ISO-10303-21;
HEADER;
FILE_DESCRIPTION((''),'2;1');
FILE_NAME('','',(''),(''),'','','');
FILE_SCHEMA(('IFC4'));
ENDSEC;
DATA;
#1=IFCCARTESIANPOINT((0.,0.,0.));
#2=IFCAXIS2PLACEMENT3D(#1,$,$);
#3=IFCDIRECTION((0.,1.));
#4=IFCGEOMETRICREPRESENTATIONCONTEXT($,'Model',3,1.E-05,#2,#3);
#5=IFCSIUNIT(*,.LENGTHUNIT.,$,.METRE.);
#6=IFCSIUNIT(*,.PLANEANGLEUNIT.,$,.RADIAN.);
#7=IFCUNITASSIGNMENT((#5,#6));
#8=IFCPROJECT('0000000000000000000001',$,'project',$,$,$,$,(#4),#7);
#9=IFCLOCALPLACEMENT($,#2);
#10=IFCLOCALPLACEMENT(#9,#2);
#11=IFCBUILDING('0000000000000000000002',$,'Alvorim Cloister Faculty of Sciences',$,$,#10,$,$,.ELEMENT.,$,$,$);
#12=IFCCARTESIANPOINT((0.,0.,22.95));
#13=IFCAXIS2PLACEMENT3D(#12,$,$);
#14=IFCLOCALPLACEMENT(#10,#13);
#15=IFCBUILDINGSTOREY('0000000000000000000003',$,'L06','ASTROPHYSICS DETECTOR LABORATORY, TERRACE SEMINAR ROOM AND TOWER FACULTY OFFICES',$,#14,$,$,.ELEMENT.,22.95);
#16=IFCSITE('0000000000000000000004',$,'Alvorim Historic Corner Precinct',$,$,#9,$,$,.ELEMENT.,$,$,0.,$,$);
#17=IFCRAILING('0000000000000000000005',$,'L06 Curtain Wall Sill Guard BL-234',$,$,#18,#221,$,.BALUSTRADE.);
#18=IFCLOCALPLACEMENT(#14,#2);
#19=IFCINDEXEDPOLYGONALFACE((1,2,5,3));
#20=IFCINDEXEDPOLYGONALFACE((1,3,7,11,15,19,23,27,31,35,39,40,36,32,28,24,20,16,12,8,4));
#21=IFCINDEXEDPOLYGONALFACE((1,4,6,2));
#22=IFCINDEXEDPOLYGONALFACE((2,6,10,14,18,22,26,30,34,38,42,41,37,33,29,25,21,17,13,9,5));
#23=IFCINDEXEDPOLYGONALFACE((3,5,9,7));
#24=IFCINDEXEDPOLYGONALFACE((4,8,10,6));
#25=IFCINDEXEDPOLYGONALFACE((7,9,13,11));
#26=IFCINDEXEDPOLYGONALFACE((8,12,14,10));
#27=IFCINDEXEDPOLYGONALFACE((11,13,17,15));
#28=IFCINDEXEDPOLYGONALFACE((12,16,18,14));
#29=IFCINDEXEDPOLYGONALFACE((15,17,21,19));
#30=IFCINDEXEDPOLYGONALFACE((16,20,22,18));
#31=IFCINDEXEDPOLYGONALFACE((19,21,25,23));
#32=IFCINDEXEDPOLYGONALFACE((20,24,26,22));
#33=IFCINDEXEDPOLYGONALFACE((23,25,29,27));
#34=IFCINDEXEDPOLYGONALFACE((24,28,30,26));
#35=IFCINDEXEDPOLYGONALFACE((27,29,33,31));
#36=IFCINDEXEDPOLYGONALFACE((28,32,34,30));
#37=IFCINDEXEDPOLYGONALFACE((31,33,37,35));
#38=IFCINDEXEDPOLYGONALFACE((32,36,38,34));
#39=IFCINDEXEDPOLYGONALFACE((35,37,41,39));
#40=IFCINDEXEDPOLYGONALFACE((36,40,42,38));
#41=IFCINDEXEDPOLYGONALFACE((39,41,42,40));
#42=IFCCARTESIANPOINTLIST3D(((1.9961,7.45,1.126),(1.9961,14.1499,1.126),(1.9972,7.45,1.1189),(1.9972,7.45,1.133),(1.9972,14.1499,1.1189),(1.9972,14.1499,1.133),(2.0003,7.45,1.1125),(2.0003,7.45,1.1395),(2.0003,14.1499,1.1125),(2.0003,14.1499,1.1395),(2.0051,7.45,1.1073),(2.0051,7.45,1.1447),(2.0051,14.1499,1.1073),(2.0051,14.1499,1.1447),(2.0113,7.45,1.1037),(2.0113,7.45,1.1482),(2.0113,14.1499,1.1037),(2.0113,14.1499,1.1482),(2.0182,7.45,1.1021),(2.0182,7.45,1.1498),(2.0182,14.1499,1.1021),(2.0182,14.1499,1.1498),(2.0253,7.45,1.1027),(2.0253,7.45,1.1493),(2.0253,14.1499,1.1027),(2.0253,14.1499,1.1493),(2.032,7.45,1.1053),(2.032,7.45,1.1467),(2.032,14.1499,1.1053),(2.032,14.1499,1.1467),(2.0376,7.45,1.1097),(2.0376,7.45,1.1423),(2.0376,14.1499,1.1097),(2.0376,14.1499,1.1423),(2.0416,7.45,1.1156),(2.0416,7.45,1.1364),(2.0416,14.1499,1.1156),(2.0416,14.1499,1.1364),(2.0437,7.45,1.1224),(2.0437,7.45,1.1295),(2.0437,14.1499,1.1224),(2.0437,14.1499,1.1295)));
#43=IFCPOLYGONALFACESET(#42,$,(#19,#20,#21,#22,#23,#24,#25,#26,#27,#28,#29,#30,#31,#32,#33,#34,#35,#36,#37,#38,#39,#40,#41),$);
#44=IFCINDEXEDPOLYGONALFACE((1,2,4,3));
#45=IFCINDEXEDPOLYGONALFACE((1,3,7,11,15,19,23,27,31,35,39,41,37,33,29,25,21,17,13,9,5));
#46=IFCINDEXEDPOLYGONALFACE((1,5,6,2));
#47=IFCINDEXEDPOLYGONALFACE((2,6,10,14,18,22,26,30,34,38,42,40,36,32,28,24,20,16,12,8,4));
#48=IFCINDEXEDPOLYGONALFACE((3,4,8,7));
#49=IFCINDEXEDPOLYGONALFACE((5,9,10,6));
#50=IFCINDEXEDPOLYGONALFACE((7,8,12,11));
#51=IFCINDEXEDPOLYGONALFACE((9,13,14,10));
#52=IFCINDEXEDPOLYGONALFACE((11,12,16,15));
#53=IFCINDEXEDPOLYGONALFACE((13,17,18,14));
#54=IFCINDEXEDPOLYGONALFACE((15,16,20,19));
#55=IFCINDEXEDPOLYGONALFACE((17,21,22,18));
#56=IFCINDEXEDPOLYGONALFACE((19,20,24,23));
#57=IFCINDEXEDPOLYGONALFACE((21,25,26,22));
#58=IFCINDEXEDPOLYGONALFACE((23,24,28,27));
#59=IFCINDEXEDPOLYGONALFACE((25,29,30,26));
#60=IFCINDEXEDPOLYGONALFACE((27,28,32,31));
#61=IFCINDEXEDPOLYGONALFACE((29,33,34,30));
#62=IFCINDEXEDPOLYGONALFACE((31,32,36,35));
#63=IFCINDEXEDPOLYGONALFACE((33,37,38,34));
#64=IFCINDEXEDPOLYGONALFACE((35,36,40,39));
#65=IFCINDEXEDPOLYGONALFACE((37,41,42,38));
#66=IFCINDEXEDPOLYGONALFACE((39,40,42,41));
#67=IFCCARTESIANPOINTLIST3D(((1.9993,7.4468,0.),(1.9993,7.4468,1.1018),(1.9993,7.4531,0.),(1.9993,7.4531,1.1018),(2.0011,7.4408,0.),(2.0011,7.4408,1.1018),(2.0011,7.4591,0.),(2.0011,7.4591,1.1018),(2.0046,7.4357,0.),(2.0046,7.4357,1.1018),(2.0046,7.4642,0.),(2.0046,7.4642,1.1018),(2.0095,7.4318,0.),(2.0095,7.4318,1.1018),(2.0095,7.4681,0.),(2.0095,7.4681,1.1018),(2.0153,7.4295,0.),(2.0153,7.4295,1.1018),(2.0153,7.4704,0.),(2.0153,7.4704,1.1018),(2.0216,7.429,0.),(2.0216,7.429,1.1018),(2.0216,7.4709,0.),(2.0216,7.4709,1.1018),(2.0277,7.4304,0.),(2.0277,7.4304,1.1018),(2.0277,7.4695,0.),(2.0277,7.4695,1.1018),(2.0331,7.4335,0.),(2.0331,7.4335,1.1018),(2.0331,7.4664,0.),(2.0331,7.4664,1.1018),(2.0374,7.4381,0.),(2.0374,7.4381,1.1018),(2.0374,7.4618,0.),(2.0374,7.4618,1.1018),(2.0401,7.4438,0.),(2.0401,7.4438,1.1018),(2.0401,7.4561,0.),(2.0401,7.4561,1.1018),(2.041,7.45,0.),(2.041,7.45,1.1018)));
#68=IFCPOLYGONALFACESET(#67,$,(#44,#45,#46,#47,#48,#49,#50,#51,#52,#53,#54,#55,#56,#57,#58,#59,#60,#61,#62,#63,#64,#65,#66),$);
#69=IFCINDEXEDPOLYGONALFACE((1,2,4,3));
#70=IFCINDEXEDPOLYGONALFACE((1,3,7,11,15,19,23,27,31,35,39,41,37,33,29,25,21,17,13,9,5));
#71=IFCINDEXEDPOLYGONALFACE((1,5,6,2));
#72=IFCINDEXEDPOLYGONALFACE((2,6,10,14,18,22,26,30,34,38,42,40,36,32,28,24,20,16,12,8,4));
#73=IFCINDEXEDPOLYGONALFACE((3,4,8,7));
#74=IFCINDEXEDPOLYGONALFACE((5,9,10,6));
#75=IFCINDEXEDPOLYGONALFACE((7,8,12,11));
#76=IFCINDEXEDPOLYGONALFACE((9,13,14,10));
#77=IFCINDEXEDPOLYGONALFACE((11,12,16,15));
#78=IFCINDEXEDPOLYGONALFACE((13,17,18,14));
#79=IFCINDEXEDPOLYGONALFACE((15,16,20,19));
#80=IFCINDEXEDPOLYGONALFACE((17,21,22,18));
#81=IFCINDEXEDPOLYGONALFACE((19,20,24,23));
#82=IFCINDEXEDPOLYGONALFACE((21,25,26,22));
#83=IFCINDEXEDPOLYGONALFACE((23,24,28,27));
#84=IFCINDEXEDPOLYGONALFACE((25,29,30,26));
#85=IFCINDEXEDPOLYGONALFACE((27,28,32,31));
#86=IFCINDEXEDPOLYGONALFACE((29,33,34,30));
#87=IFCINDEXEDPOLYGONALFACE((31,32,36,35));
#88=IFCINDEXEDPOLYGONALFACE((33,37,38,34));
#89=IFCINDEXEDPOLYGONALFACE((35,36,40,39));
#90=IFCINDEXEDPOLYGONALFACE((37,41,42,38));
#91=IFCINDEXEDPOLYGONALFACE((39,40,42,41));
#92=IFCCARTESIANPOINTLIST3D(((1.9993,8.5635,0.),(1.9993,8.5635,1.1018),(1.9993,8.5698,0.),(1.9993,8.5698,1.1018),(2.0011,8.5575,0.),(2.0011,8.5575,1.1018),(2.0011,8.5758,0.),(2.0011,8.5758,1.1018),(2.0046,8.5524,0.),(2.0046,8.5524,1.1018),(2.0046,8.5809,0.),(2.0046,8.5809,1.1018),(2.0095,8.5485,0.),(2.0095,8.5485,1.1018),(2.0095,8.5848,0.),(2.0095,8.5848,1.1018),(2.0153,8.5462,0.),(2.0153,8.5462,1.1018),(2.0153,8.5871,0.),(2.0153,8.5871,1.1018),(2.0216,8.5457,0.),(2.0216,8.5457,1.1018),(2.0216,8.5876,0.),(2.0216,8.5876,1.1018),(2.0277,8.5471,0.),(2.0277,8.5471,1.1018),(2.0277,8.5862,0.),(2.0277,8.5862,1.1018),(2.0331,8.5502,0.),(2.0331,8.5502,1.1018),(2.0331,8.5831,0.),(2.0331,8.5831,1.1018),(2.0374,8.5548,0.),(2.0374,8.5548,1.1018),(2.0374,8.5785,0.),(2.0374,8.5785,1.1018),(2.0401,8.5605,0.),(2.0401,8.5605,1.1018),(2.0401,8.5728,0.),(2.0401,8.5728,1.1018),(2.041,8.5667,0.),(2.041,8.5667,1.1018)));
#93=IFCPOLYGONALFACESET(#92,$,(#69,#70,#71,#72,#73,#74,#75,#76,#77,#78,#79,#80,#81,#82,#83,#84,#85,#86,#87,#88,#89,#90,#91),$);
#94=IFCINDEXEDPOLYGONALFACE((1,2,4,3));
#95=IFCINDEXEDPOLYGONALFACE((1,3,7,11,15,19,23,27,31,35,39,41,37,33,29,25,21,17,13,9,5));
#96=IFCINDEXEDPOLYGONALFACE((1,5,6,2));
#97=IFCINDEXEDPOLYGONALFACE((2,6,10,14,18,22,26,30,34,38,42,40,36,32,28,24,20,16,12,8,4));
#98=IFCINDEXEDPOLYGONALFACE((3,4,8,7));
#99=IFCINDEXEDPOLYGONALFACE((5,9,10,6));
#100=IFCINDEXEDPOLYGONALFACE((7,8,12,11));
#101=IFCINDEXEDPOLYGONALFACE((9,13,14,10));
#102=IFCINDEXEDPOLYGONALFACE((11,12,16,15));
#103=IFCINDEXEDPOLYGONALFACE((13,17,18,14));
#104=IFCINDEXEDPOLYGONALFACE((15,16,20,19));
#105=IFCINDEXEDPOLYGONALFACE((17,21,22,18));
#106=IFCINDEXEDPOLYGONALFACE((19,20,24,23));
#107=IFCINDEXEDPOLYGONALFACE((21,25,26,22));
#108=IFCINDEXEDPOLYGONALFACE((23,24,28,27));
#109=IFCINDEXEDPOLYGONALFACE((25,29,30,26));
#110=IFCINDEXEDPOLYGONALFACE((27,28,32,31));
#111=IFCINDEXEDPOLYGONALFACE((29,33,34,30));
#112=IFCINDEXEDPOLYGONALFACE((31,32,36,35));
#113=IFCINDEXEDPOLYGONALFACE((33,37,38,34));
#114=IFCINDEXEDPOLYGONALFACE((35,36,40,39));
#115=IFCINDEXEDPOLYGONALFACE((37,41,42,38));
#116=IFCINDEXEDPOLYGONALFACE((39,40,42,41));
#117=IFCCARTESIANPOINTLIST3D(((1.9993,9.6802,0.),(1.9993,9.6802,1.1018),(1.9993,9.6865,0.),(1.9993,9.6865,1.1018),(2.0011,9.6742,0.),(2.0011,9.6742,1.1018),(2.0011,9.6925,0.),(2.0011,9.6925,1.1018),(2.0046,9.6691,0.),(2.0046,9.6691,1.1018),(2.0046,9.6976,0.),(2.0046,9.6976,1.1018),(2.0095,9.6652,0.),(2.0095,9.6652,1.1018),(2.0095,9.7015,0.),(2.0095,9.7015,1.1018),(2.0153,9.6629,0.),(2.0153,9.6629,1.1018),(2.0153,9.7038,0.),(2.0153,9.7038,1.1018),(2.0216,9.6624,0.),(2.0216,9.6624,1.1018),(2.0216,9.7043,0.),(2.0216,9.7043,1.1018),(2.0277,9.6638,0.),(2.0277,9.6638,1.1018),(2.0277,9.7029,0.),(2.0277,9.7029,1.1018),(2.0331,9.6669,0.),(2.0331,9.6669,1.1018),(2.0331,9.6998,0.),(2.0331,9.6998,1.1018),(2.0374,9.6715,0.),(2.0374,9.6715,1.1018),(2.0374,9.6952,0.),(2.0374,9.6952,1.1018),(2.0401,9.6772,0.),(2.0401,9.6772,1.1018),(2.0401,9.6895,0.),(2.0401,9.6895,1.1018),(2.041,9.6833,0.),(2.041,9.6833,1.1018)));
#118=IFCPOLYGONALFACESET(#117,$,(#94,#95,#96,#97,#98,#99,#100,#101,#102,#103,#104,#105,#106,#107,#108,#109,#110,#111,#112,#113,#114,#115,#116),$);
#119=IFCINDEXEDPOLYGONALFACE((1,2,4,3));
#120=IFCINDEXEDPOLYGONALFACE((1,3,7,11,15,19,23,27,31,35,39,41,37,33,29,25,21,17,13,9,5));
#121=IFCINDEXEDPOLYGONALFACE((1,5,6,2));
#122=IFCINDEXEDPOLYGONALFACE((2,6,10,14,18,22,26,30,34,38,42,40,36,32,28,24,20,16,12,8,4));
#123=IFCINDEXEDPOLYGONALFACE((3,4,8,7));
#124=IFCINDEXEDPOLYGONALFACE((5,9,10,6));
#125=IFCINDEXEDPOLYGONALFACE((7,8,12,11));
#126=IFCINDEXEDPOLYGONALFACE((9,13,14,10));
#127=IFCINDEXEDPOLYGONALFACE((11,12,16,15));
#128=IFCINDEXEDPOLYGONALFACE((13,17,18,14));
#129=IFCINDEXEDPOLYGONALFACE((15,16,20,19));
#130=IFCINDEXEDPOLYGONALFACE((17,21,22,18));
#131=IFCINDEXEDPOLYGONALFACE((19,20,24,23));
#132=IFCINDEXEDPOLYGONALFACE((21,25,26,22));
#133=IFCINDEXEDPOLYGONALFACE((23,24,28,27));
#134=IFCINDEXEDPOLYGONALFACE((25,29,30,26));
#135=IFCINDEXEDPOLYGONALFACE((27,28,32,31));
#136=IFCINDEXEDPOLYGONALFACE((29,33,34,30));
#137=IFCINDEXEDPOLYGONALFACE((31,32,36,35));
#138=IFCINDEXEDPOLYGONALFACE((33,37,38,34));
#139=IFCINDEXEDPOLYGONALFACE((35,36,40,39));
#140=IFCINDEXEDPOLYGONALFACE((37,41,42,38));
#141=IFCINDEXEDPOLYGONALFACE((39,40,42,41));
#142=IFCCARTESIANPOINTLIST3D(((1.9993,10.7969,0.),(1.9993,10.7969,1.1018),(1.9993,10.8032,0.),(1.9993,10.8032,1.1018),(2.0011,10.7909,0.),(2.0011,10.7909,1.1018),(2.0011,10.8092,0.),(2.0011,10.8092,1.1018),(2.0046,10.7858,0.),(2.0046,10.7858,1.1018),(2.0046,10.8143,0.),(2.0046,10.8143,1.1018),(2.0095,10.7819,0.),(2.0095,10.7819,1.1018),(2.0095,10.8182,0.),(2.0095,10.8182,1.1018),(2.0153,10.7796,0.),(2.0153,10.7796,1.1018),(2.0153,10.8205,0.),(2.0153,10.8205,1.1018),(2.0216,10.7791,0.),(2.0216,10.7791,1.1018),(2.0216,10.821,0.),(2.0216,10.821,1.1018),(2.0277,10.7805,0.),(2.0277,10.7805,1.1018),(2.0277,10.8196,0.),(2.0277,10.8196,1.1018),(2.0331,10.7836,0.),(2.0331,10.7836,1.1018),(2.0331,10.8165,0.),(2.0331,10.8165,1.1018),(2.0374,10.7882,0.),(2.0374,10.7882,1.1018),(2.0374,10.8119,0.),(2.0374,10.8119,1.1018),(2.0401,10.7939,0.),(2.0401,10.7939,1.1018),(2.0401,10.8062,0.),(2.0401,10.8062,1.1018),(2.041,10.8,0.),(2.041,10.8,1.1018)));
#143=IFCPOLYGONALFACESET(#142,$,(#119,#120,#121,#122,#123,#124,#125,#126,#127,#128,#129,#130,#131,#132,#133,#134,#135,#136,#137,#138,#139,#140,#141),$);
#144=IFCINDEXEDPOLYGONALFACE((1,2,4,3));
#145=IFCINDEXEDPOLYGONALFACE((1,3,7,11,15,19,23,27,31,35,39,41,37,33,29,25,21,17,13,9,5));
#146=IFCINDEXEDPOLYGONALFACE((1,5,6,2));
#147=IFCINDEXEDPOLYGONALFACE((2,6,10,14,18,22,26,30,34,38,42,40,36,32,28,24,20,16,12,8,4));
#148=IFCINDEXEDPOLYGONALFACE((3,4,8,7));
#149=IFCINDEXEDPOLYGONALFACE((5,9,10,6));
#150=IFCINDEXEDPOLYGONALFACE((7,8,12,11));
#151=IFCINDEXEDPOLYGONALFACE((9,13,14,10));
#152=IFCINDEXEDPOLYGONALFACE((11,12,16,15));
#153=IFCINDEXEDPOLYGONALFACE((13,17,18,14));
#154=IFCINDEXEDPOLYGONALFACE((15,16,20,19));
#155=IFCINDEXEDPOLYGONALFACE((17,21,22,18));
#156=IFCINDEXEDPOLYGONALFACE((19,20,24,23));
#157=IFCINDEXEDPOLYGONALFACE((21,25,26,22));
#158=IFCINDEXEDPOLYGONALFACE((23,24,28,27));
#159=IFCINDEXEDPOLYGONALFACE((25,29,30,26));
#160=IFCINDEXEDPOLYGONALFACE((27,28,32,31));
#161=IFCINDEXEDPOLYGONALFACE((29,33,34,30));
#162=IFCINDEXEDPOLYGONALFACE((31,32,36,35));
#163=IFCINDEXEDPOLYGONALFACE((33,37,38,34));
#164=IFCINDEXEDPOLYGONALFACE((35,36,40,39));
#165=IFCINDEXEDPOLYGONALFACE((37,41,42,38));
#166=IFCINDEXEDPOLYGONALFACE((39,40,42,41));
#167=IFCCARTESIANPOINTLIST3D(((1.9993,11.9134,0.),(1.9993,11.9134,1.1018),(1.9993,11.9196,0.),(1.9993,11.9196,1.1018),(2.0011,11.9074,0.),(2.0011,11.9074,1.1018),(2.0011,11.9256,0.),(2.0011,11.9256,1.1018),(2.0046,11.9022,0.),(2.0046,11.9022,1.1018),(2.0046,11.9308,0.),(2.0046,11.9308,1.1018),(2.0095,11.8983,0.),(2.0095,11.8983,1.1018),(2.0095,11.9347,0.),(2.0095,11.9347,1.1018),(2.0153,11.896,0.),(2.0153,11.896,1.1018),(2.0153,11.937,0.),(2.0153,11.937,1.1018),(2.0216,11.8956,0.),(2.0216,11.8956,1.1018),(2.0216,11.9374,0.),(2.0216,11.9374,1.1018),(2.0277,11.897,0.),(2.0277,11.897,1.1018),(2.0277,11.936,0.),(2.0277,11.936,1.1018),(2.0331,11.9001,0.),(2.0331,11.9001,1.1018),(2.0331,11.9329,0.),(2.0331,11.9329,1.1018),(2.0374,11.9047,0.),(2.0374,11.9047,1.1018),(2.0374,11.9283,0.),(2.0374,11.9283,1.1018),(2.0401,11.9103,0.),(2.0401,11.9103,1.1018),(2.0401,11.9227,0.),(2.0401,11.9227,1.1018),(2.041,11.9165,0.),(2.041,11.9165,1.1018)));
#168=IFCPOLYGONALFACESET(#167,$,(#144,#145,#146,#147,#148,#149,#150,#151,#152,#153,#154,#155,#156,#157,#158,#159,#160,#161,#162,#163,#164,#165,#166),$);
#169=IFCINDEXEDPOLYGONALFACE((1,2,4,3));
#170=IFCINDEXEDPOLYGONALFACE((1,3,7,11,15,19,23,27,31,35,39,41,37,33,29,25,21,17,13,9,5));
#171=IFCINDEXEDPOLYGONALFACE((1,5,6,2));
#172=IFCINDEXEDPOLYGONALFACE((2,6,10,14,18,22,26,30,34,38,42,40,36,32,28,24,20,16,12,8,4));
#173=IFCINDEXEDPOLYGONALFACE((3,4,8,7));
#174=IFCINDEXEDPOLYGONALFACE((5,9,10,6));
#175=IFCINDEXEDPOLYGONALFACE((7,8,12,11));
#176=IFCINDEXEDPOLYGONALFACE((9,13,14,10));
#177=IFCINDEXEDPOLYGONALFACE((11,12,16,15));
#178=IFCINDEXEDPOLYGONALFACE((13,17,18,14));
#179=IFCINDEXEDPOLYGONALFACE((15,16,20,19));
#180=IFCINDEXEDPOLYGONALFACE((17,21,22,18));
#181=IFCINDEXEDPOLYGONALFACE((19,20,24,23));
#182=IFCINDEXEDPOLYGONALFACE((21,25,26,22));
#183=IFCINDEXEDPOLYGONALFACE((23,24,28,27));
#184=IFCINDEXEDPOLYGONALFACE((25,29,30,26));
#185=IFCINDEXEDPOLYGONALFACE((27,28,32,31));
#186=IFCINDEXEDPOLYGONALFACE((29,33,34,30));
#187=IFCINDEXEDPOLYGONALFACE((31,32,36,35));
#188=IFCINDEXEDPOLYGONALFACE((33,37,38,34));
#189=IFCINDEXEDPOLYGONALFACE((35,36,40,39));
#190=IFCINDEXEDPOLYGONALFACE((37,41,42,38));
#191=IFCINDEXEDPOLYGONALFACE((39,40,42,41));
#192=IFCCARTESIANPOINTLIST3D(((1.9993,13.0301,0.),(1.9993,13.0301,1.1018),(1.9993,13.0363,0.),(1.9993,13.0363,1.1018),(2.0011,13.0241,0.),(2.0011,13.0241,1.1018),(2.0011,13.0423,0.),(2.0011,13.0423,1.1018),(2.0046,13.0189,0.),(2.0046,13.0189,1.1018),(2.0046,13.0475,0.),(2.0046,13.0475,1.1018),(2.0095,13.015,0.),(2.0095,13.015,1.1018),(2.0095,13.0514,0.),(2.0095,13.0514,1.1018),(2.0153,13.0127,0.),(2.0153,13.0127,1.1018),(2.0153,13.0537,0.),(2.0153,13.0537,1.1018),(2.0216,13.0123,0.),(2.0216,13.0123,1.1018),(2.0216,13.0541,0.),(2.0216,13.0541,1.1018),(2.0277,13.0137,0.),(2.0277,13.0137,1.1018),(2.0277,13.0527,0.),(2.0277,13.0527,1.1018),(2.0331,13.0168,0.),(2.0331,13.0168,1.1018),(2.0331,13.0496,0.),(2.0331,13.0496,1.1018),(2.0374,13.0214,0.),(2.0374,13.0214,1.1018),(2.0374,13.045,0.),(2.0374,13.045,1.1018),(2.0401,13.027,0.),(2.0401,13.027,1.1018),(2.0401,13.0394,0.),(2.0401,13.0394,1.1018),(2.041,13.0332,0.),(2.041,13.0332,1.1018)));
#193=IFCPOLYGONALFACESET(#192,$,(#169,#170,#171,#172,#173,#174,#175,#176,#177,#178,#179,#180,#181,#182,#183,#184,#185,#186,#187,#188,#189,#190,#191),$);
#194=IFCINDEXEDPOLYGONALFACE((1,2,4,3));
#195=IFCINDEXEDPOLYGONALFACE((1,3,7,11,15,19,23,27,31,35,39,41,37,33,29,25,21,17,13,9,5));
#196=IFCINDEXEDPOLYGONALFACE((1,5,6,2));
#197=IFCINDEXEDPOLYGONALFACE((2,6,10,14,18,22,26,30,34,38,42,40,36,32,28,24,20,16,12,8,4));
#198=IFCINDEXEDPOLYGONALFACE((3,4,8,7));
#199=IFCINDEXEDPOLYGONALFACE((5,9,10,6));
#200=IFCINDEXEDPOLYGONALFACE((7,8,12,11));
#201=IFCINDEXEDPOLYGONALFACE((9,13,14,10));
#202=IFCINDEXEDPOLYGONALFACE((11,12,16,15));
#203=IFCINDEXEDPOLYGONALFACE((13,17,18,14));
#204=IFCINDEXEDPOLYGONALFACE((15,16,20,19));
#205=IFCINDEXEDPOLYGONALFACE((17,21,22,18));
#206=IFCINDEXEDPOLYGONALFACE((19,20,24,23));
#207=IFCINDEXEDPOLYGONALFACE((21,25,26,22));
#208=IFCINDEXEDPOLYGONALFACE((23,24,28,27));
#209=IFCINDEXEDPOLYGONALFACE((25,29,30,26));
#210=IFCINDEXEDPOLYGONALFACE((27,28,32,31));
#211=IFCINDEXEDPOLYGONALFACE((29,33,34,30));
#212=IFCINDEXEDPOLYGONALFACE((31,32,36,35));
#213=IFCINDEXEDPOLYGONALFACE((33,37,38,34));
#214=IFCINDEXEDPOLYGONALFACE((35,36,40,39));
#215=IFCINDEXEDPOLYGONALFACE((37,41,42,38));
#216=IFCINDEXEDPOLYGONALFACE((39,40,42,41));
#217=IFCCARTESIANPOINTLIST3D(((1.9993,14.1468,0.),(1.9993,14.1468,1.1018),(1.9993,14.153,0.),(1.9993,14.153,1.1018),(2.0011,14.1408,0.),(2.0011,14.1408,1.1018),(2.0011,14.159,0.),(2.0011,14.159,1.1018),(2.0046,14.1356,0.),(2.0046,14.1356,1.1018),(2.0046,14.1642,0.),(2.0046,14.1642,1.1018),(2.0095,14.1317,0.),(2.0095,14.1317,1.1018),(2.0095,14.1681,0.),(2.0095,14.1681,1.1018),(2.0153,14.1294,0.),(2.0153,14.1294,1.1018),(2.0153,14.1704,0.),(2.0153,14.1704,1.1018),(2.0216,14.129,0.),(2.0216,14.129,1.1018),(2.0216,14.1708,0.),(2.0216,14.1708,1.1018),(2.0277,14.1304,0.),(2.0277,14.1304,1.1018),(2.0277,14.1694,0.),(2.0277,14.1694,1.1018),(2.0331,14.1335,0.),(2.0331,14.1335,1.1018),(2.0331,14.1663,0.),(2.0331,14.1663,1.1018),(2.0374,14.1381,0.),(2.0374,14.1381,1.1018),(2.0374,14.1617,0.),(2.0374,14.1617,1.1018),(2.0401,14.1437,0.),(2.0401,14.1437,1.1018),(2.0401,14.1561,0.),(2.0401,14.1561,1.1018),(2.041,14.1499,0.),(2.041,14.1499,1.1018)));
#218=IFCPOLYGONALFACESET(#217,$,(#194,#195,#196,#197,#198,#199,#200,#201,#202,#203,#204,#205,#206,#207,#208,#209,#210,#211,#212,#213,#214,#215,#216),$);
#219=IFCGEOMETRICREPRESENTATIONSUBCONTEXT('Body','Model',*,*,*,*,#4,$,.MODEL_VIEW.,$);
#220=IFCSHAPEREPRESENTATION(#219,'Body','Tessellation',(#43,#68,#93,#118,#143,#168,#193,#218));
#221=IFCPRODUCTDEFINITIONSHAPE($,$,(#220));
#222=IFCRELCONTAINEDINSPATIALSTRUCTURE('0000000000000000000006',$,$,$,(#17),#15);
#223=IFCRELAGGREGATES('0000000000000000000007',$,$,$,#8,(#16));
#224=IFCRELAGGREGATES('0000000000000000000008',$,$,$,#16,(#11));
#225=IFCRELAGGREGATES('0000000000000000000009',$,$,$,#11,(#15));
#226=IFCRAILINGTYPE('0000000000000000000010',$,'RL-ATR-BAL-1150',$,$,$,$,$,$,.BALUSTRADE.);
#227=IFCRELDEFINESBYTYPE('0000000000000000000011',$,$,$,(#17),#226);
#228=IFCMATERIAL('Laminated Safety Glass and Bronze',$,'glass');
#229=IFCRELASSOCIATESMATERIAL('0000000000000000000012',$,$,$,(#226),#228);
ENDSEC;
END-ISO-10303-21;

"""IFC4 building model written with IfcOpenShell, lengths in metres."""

from ifc_helpers import new_model, si_unit, direction, frame, origin, origin_2d, place, context, subcontext, project, spatial, circle, extrude, material, type_object, element, save


model = new_model("IFC4")

# Units and contexts
model_context = context("Model", 3, precision=1e-05, world=origin(), true_north=direction((0.0, 1.0)))
body_context = subcontext(model_context, "Body", "Model", "MODEL_VIEW")
ifc_project = project(units=[si_unit("LENGTHUNIT", "METRE"), si_unit("PLANEANGLEUNIT", "RADIAN")], contexts=[model_context])

# Site, building, storey
site_placement = place(None, origin())
site = spatial("IfcSite", under=ifc_project, at=site_placement, Name="Alvorim Historic Corner Precinct", CompositionType="ELEMENT", RefElevation=0.0)
building_placement = place(site_placement, origin())
building = spatial("IfcBuilding", under=site, at=building_placement, Name="Alvorim Cloister Faculty of Sciences", CompositionType="ELEMENT")
storey_placement = place(building_placement, frame((0.0, 0.0, 22.95)))
storey = spatial("IfcBuildingStorey", under=building, at=storey_placement, Name="L06", Description="ASTROPHYSICS DETECTOR LABORATORY, TERRACE SEMINAR ROOM AND TOWER FACULTY OFFICES", CompositionType="ELEMENT", Elevation=22.95)

# Railing
ifc_material_1 = material(Name="Laminated Safety Glass and Bronze", Category="glass")
railing_type = type_object("IfcRailingType", Name="RL-ATR-BAL-1150", PredefinedType="BALUSTRADE", material=ifc_material_1)
railing_1_placement = place(storey_placement, frame((2.02, 7.45, 0.0)))
element("IfcRailing", 1, at=railing_1_placement, inside=storey, type_object=railing_type, Name="L06 Curtain Wall Sill Guard BL-234", PredefinedType="BALUSTRADE", context=body_context, shape_type="SweptSolid", body=[
    extrude(circle(Radius=0.0239, at=origin_2d()), frame((0.0, 0.0, 1.126), z_axis=(0.0, 1.0, 0.0), x_axis=(-1.0, 0.0, 0.0)), (0.0, 0.0, 1.0), 6.7),
    extrude(circle(Radius=0.021, at=origin_2d()), origin(), (0.0, 0.0, 1.0), 1.1018),
    extrude(circle(Radius=0.021, at=origin_2d()), frame((0.0, 1.1167, 0.0)), (0.0, 0.0, 1.0), 1.1018),
    extrude(circle(Radius=0.021, at=origin_2d()), frame((0.0, 2.2334, 0.0)), (0.0, 0.0, 1.0), 1.1018),
    extrude(circle(Radius=0.021, at=origin_2d()), frame((0.0, 3.3501, 0.0)), (0.0, 0.0, 1.0), 1.1018),
    extrude(circle(Radius=0.021, at=origin_2d()), frame((0.0, 4.4666, 0.0)), (0.0, 0.0, 1.0), 1.1018),
    extrude(circle(Radius=0.021, at=origin_2d()), frame((0.0, 5.5833, 0.0)), (0.0, 0.0, 1.0), 1.1018),
    extrude(circle(Radius=0.021, at=origin_2d()), frame((0.0, 6.7, 0.0)), (0.0, 0.0, 1.0), 1.1018),
])

save(model, "model.ifc")
